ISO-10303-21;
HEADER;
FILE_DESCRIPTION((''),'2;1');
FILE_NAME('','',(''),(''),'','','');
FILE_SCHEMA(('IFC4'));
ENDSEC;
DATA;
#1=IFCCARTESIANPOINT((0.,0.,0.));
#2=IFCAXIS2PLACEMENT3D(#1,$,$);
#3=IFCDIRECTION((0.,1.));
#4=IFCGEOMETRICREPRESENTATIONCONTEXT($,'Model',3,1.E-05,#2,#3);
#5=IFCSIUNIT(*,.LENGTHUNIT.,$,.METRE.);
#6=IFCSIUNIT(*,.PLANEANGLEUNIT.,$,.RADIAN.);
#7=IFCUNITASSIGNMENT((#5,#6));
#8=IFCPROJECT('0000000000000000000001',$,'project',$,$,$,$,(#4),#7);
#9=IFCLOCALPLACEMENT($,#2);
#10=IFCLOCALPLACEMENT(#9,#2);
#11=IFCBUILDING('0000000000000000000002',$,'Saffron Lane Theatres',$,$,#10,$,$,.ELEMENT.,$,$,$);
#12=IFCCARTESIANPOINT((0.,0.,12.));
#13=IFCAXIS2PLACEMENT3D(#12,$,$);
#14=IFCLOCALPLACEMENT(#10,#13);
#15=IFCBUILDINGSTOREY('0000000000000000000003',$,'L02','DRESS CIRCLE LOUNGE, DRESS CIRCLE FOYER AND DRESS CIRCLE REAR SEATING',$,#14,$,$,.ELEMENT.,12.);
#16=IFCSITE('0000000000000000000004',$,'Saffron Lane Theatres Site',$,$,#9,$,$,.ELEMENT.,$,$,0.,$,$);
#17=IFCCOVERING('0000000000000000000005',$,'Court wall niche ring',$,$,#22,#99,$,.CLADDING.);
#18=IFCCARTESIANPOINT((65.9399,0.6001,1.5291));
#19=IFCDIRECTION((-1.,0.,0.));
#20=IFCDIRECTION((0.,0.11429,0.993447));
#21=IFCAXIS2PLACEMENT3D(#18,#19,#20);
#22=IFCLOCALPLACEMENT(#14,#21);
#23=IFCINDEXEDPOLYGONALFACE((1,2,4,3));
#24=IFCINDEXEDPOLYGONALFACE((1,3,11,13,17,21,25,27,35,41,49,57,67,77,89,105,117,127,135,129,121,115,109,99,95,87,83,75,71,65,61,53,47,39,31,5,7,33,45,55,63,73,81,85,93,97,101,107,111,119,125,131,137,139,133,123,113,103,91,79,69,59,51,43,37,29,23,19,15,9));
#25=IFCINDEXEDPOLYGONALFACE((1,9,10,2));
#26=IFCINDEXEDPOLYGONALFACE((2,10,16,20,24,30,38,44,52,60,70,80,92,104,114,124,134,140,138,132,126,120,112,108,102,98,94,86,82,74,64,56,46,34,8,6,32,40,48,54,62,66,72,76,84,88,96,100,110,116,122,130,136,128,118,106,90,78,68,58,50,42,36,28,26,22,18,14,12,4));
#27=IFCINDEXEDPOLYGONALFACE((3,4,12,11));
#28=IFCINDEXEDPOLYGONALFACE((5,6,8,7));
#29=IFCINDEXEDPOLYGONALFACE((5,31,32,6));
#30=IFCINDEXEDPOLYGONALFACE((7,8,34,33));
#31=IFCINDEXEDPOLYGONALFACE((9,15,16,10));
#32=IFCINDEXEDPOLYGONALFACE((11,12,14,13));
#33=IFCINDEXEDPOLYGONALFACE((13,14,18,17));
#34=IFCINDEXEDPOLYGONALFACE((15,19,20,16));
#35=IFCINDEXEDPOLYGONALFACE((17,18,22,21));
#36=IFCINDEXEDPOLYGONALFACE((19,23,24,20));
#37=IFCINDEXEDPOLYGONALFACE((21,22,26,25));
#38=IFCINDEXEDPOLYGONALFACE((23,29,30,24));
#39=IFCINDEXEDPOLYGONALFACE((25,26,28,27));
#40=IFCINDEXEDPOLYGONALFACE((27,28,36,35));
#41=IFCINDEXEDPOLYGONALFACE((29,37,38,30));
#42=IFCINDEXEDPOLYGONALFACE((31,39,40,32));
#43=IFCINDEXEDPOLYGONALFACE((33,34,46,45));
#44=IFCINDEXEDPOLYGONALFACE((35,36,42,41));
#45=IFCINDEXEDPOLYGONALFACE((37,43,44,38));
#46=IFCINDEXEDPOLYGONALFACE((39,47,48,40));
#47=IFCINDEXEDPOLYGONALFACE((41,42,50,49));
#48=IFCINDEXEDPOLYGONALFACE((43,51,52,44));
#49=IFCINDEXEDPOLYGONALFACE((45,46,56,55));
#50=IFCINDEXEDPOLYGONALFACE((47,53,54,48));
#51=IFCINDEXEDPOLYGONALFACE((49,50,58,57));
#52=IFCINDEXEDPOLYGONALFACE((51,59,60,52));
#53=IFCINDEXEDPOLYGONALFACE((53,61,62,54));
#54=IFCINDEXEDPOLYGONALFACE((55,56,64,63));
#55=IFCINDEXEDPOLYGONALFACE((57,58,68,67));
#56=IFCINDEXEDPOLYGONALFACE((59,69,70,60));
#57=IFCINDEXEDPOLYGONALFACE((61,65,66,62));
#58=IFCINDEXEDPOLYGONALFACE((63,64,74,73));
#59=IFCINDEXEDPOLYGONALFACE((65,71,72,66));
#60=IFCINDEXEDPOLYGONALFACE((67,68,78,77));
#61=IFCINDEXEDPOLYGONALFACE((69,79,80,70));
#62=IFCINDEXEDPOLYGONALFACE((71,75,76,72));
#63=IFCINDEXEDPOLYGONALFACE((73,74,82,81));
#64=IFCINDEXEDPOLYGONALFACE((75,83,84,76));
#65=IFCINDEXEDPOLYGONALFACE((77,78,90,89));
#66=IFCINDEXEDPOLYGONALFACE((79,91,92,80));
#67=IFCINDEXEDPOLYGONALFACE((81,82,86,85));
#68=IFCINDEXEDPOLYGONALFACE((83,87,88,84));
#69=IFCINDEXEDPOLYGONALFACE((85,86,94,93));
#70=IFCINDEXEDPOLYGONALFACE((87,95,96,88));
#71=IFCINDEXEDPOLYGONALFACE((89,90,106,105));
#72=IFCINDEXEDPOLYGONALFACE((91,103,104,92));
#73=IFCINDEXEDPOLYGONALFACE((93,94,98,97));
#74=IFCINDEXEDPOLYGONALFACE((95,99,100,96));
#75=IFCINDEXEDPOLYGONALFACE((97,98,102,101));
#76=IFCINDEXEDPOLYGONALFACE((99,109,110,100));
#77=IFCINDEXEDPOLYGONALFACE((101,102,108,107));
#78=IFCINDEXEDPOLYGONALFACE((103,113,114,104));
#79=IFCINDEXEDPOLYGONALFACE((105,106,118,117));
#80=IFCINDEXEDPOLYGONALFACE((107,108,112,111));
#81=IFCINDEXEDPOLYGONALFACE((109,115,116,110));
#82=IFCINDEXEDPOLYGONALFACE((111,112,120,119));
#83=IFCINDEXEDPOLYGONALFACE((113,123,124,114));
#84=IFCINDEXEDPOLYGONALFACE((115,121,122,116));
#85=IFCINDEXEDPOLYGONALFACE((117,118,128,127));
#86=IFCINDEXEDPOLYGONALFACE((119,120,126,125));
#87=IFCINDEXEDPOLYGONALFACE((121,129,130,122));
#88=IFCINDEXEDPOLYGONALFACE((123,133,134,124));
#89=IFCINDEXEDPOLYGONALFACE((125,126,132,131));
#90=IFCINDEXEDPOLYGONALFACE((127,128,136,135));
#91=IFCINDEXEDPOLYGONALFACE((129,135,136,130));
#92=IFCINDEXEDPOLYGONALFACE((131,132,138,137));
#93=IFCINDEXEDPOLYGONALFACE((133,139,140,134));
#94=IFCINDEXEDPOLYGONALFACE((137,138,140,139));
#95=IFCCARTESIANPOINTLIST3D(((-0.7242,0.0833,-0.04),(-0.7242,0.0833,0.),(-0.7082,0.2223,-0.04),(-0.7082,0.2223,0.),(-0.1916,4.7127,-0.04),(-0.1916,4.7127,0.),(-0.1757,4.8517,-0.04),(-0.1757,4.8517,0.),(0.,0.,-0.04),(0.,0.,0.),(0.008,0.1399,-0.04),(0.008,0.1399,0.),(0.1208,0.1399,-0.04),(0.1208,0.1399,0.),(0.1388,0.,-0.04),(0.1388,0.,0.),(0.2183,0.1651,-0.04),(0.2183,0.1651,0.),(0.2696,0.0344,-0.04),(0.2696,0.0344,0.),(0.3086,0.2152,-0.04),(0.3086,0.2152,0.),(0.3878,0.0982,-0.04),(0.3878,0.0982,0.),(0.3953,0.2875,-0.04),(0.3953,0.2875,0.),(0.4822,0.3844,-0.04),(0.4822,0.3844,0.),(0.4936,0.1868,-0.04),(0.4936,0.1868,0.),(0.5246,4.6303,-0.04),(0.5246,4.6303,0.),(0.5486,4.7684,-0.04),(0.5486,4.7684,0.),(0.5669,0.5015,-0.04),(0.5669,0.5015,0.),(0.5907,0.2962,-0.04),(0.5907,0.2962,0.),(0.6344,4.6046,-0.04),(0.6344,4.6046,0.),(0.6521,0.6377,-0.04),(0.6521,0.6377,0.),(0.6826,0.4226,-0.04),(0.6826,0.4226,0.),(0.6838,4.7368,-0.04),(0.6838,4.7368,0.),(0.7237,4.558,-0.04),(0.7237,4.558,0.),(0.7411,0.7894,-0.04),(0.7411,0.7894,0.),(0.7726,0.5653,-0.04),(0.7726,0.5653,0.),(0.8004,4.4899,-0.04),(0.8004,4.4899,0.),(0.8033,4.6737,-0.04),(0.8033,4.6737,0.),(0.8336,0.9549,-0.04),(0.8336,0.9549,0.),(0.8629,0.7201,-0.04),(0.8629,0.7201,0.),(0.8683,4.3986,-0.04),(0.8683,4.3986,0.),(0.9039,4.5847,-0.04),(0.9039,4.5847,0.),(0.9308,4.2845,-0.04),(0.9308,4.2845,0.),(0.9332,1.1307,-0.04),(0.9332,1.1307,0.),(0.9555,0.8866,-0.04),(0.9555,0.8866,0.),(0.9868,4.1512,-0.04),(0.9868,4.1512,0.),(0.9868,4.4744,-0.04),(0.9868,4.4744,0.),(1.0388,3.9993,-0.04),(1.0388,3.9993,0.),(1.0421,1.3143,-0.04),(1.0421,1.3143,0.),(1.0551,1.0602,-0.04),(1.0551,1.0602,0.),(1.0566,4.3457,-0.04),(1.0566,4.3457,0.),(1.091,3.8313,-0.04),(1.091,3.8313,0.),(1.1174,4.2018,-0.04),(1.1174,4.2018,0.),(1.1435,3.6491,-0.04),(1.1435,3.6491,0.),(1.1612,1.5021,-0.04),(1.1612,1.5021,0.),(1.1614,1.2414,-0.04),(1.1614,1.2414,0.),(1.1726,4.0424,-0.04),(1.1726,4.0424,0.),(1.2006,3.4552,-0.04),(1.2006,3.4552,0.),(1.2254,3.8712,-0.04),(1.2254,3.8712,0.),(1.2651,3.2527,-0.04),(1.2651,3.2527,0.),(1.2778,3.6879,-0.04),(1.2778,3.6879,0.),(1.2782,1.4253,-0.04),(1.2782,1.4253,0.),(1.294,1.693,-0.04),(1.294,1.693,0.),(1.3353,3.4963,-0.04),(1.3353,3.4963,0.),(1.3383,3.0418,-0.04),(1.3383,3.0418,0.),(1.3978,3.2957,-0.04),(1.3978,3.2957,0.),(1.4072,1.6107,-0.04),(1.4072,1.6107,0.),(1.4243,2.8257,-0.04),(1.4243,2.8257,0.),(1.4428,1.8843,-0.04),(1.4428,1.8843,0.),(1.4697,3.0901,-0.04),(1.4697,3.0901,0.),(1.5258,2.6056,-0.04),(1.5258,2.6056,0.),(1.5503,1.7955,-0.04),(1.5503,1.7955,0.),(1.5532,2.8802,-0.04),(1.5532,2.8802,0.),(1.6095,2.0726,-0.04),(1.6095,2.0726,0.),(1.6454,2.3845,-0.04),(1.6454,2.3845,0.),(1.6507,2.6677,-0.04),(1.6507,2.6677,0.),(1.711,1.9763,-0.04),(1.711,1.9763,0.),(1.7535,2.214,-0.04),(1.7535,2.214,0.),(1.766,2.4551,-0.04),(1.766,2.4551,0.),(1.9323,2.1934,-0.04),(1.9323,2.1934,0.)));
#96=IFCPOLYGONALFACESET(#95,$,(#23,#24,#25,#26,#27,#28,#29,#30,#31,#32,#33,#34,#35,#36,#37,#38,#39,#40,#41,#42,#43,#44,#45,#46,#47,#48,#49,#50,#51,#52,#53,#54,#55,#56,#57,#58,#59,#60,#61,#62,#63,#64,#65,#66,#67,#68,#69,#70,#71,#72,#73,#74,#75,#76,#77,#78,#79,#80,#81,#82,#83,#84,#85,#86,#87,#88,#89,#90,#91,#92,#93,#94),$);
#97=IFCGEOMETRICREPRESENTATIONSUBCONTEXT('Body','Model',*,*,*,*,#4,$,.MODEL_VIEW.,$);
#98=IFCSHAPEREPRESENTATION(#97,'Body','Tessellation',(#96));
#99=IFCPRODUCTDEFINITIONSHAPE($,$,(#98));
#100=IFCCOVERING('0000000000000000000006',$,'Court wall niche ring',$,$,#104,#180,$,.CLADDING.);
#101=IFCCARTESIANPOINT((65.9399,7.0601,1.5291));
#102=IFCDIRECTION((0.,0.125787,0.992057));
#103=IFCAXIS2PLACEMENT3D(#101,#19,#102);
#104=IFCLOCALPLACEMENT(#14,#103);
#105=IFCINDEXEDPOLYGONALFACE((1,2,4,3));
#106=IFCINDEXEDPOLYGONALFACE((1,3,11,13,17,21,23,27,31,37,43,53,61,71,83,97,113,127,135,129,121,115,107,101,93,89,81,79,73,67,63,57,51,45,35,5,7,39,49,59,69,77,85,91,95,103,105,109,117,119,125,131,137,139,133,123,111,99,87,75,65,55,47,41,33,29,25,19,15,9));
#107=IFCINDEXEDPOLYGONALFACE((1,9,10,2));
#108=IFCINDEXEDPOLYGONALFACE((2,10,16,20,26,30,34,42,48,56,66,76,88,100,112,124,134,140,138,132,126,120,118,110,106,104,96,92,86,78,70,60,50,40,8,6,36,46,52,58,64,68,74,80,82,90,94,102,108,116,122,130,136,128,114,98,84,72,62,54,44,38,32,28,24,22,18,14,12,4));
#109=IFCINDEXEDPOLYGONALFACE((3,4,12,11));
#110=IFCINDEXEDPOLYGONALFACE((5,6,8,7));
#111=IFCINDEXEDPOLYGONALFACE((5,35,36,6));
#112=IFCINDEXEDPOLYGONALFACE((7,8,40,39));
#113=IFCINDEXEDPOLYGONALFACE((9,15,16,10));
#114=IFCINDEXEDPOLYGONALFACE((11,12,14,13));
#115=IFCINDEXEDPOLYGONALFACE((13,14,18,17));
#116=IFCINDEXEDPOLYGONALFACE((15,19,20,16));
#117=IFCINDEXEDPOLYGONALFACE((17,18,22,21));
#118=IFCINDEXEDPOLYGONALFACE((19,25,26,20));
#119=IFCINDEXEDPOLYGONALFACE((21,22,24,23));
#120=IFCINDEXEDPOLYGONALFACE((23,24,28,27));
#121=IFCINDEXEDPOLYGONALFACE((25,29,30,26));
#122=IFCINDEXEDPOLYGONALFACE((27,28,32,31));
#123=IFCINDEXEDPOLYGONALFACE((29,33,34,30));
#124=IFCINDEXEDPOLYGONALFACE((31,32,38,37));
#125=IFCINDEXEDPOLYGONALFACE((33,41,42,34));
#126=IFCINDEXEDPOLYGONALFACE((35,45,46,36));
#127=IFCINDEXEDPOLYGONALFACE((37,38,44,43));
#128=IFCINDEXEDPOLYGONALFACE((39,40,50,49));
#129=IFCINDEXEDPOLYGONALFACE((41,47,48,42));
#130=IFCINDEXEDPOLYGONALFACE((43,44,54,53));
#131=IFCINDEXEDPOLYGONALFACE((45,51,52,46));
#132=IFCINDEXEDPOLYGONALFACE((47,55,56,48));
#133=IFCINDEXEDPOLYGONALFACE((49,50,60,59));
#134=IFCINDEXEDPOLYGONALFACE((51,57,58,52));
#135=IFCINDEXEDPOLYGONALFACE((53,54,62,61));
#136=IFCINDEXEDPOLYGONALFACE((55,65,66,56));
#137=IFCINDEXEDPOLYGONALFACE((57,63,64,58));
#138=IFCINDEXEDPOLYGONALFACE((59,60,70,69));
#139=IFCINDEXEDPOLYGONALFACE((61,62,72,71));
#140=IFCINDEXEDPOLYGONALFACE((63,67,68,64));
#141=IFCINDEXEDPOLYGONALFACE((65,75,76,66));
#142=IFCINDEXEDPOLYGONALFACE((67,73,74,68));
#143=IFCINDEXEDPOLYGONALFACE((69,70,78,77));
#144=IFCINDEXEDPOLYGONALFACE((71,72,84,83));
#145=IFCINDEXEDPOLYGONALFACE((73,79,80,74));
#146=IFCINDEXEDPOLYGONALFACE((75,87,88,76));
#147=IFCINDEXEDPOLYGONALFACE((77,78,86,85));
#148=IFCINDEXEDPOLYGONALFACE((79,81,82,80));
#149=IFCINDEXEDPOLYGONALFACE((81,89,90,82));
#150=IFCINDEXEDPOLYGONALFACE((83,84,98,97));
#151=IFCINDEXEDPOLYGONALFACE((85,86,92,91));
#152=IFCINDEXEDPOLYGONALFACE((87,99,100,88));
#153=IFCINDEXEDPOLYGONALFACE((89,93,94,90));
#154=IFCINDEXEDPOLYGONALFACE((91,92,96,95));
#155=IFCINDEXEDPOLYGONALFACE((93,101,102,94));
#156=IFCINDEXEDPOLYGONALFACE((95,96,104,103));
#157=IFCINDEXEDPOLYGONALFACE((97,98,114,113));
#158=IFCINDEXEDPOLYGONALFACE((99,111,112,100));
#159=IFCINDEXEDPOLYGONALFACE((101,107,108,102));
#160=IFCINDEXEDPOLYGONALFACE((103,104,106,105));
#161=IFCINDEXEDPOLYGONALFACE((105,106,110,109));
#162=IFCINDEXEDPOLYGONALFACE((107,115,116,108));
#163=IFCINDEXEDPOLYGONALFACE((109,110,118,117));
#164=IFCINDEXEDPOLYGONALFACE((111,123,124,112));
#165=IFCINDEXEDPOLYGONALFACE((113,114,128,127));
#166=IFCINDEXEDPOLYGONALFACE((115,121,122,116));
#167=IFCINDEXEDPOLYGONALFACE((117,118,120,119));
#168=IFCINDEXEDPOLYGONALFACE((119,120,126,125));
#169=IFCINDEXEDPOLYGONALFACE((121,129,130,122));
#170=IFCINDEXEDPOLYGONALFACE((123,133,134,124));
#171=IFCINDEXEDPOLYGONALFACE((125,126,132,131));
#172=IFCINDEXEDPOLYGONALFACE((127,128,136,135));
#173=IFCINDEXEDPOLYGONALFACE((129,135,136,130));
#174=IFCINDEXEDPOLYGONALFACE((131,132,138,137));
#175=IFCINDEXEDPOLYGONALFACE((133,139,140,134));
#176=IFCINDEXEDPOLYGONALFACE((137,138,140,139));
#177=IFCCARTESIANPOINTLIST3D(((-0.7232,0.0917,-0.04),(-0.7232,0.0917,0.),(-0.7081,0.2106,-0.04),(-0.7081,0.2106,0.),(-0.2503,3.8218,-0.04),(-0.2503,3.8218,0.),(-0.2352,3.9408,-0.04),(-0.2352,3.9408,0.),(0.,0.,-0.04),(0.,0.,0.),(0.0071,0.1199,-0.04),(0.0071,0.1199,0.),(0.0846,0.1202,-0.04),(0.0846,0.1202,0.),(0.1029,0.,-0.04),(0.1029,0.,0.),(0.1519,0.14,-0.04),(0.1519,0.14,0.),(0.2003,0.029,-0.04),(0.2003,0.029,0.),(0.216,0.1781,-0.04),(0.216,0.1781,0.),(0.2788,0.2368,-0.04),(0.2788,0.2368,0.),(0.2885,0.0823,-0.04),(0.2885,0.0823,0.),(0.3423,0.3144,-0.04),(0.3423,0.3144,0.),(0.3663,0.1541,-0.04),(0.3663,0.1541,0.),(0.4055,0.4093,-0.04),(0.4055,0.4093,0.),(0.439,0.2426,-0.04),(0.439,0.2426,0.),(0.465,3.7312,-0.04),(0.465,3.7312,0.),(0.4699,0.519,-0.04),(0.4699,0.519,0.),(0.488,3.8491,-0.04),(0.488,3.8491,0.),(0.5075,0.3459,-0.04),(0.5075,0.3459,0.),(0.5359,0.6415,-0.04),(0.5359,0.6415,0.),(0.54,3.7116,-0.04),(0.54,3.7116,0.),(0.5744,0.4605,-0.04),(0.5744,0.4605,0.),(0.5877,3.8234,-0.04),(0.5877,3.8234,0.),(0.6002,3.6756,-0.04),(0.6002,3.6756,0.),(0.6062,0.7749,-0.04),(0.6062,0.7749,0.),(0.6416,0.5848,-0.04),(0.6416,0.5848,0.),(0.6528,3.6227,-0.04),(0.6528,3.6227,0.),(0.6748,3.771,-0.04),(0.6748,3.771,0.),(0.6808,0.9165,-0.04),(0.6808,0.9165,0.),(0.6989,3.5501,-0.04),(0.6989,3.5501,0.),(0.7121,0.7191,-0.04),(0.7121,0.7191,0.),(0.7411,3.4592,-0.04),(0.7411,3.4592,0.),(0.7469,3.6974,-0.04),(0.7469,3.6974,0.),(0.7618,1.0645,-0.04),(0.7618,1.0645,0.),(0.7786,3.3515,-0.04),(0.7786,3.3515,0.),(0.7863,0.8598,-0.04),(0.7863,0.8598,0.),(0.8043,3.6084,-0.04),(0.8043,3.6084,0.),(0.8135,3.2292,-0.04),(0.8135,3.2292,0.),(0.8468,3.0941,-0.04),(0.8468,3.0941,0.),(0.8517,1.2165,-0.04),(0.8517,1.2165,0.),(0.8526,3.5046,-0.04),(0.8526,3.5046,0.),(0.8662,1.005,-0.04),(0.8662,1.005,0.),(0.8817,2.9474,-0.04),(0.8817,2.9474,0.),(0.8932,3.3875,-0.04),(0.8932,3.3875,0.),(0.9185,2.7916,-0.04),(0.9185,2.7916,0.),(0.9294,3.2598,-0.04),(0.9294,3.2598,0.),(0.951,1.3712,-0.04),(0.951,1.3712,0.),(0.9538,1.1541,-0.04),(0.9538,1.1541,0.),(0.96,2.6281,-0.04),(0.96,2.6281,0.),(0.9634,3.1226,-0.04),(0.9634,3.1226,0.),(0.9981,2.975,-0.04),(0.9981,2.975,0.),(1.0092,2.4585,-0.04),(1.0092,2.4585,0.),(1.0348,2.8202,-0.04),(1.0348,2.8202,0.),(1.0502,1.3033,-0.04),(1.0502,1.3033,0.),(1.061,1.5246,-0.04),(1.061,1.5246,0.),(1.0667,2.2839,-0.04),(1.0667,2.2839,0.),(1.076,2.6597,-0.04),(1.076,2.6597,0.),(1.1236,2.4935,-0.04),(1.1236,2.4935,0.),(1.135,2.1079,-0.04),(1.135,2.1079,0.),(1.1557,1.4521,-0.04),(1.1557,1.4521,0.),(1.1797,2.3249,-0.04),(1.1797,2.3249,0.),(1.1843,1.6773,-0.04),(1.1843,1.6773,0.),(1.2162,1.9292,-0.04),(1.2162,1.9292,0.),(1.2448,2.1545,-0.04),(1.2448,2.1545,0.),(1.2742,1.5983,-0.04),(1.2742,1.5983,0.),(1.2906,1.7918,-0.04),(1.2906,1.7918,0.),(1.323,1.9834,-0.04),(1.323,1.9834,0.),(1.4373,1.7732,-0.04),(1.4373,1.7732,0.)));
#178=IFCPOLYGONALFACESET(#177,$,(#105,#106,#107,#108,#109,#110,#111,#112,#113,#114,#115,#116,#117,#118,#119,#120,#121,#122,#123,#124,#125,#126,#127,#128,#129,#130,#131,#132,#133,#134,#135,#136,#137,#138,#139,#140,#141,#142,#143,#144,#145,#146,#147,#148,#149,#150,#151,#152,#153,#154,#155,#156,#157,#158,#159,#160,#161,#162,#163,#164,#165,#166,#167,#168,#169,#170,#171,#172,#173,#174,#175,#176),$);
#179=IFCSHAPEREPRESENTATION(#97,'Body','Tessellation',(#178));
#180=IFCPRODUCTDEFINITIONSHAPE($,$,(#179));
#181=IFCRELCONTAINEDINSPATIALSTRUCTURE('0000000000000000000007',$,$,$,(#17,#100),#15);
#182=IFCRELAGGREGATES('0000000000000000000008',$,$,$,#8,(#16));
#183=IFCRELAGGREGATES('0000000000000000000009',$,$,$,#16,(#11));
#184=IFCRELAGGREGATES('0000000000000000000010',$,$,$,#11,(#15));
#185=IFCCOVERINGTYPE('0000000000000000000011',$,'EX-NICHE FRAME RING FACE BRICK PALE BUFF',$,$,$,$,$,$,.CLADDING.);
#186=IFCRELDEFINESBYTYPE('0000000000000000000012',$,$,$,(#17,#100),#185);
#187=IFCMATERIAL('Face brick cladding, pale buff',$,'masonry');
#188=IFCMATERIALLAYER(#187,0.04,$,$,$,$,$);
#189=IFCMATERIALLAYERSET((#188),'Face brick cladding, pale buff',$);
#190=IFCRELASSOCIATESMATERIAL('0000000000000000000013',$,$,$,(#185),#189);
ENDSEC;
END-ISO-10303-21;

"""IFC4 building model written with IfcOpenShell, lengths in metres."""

from ifc_helpers import new_model, si_unit, direction, frame, origin, place, context, subcontext, project, spatial, polyline, outline, extrude, material, layer, layer_set, type_object, element, save


model = new_model("IFC4")

# Units and contexts
model_context = context("Model", 3, precision=1e-05, world=origin(), true_north=direction((0.0, 1.0)))
body_context = subcontext(model_context, "Body", "Model", "MODEL_VIEW")
ifc_project = project(units=[si_unit("LENGTHUNIT", "METRE"), si_unit("PLANEANGLEUNIT", "RADIAN")], contexts=[model_context])

# Site, building, storey
site_placement = place(None, origin())
site = spatial("IfcSite", under=ifc_project, at=site_placement, Name="Saffron Lane Theatres Site", CompositionType="ELEMENT", RefElevation=0.0)
building_placement = place(site_placement, origin())
building = spatial("IfcBuilding", under=site, at=building_placement, Name="Saffron Lane Theatres", CompositionType="ELEMENT")
storey_placement = place(building_placement, frame((0.0, 0.0, 12.0)))
storey = spatial("IfcBuildingStorey", under=building, at=storey_placement, Name="L02", Description="DRESS CIRCLE LOUNGE, DRESS CIRCLE FOYER AND DRESS CIRCLE REAR SEATING", CompositionType="ELEMENT", Elevation=12.0)

# Coverings
ifc_material_1 = material(Name="Face brick cladding, pale buff", Category="masonry")
ifc_layer_1 = layer(ifc_material_1, 0.04)
ifc_layer_set_1 = layer_set([ifc_layer_1], Name="Face brick cladding, pale buff")
covering_type_1 = type_object("IfcCoveringType", Name="EX-NICHE FRAME RING FACE BRICK PALE BUFF", PredefinedType="CLADDING", material=ifc_layer_set_1)
covering_1_placement = place(storey_placement, frame((65.9399, 0.6001, 1.5291), z_axis=(-1.0, 0.0, 0.0), x_axis=(0.0, 0.11429, 0.993447)))
element("IfcCovering", 1, at=covering_1_placement, inside=storey, type_object=covering_type_1, Name="Court wall niche ring", PredefinedType="CLADDING", context=body_context, shape_type="SweptSolid", body=[
    extrude(outline(polyline([(0.0, 0.0), (0.1388, 0.0), (0.2696, 0.0344), (0.3878, 0.0982), (0.4936, 0.1868), (0.5907, 0.2962), (0.6826, 0.4226), (0.7726, 0.5653), (0.8629, 0.7201), (0.9555, 0.8866), (1.0551, 1.0602), (1.1614, 1.2414), (1.2782, 1.4253), (1.4072, 1.6107), (1.5503, 1.7955), (1.711, 1.9763), (1.9323, 2.1934), (1.766, 2.4551), (1.6507, 2.6677), (1.5532, 2.8802), (1.4697, 3.0901), (1.3978, 3.2957), (1.3353, 3.4963), (1.2778, 3.6879), (1.2254, 3.8712), (1.1726, 4.0424), (1.1174, 4.2018), (1.0566, 4.3457), (0.9868, 4.4744), (0.9039, 4.5847), (0.8033, 4.6737), (0.6838, 4.7368), (0.5486, 4.7684), (-0.1757, 4.8517), (-0.1916, 4.7127), (0.5246, 4.6303), (0.6344, 4.6046), (0.7237, 4.558), (0.8004, 4.4899), (0.8683, 4.3986), (0.9308, 4.2845), (0.9868, 4.1512), (1.0388, 3.9993), (1.091, 3.8313), (1.1435, 3.6491), (1.2006, 3.4552), (1.2651, 3.2527), (1.3383, 3.0418), (1.4243, 2.8257), (1.5258, 2.6056), (1.6454, 2.3845), (1.7535, 2.214), (1.6095, 2.0726), (1.4428, 1.8843), (1.294, 1.693), (1.1612, 1.5021), (1.0421, 1.3143), (0.9332, 1.1307), (0.8336, 0.9549), (0.7411, 0.7894), (0.6521, 0.6377), (0.5669, 0.5015), (0.4822, 0.3844), (0.3953, 0.2875), (0.3086, 0.2152), (0.2183, 0.1651), (0.1208, 0.1399), (0.008, 0.1399), (-0.7082, 0.2223), (-0.7242, 0.0833), (0.0, 0.0)])), origin(), (0.0, 0.0, -1.0), 0.04),
])
covering_2_placement = place(storey_placement, frame((65.9399, 7.0601, 1.5291), z_axis=(-1.0, 0.0, 0.0), x_axis=(0.0, 0.125787, 0.992057)))
element("IfcCovering", 2, at=covering_2_placement, inside=storey, type_object=covering_type_1, Name="Court wall niche ring", PredefinedType="CLADDING", context=body_context, shape_type="SweptSolid", body=[
    extrude(outline(polyline([(0.0, 0.0), (0.1029, 0.0), (0.2003, 0.029), (0.2885, 0.0823), (0.3663, 0.1541), (0.439, 0.2426), (0.5075, 0.3459), (0.5744, 0.4605), (0.6416, 0.5848), (0.7121, 0.7191), (0.7863, 0.8598), (0.8662, 1.005), (0.9538, 1.1541), (1.0502, 1.3033), (1.1557, 1.4521), (1.2742, 1.5983), (1.4373, 1.7732), (1.323, 1.9834), (1.2448, 2.1545), (1.1797, 2.3249), (1.1236, 2.4935), (1.076, 2.6597), (1.0348, 2.8202), (0.9981, 2.975), (0.9634, 3.1226), (0.9294, 3.2598), (0.8932, 3.3875), (0.8526, 3.5046), (0.8043, 3.6084), (0.7469, 3.6974), (0.6748, 3.771), (0.5877, 3.8234), (0.488, 3.8491), (-0.2352, 3.9408), (-0.2503, 3.8218), (0.465, 3.7312), (0.54, 3.7116), (0.6002, 3.6756), (0.6528, 3.6227), (0.6989, 3.5501), (0.7411, 3.4592), (0.7786, 3.3515), (0.8135, 3.2292), (0.8468, 3.0941), (0.8817, 2.9474), (0.9185, 2.7916), (0.96, 2.6281), (1.0092, 2.4585), (1.0667, 2.2839), (1.135, 2.1079), (1.2162, 1.9292), (1.2906, 1.7918), (1.1843, 1.6773), (1.061, 1.5246), (0.951, 1.3712), (0.8517, 1.2165), (0.7618, 1.0645), (0.6808, 0.9165), (0.6062, 0.7749), (0.5359, 0.6415), (0.4699, 0.519), (0.4055, 0.4093), (0.3423, 0.3144), (0.2788, 0.2368), (0.216, 0.1781), (0.1519, 0.14), (0.0846, 0.1202), (0.0071, 0.1199), (-0.7081, 0.2106), (-0.7232, 0.0917), (0.0, 0.0)])), origin(), (0.0, 0.0, -1.0), 0.04),
])

save(model, "model.ifc")
